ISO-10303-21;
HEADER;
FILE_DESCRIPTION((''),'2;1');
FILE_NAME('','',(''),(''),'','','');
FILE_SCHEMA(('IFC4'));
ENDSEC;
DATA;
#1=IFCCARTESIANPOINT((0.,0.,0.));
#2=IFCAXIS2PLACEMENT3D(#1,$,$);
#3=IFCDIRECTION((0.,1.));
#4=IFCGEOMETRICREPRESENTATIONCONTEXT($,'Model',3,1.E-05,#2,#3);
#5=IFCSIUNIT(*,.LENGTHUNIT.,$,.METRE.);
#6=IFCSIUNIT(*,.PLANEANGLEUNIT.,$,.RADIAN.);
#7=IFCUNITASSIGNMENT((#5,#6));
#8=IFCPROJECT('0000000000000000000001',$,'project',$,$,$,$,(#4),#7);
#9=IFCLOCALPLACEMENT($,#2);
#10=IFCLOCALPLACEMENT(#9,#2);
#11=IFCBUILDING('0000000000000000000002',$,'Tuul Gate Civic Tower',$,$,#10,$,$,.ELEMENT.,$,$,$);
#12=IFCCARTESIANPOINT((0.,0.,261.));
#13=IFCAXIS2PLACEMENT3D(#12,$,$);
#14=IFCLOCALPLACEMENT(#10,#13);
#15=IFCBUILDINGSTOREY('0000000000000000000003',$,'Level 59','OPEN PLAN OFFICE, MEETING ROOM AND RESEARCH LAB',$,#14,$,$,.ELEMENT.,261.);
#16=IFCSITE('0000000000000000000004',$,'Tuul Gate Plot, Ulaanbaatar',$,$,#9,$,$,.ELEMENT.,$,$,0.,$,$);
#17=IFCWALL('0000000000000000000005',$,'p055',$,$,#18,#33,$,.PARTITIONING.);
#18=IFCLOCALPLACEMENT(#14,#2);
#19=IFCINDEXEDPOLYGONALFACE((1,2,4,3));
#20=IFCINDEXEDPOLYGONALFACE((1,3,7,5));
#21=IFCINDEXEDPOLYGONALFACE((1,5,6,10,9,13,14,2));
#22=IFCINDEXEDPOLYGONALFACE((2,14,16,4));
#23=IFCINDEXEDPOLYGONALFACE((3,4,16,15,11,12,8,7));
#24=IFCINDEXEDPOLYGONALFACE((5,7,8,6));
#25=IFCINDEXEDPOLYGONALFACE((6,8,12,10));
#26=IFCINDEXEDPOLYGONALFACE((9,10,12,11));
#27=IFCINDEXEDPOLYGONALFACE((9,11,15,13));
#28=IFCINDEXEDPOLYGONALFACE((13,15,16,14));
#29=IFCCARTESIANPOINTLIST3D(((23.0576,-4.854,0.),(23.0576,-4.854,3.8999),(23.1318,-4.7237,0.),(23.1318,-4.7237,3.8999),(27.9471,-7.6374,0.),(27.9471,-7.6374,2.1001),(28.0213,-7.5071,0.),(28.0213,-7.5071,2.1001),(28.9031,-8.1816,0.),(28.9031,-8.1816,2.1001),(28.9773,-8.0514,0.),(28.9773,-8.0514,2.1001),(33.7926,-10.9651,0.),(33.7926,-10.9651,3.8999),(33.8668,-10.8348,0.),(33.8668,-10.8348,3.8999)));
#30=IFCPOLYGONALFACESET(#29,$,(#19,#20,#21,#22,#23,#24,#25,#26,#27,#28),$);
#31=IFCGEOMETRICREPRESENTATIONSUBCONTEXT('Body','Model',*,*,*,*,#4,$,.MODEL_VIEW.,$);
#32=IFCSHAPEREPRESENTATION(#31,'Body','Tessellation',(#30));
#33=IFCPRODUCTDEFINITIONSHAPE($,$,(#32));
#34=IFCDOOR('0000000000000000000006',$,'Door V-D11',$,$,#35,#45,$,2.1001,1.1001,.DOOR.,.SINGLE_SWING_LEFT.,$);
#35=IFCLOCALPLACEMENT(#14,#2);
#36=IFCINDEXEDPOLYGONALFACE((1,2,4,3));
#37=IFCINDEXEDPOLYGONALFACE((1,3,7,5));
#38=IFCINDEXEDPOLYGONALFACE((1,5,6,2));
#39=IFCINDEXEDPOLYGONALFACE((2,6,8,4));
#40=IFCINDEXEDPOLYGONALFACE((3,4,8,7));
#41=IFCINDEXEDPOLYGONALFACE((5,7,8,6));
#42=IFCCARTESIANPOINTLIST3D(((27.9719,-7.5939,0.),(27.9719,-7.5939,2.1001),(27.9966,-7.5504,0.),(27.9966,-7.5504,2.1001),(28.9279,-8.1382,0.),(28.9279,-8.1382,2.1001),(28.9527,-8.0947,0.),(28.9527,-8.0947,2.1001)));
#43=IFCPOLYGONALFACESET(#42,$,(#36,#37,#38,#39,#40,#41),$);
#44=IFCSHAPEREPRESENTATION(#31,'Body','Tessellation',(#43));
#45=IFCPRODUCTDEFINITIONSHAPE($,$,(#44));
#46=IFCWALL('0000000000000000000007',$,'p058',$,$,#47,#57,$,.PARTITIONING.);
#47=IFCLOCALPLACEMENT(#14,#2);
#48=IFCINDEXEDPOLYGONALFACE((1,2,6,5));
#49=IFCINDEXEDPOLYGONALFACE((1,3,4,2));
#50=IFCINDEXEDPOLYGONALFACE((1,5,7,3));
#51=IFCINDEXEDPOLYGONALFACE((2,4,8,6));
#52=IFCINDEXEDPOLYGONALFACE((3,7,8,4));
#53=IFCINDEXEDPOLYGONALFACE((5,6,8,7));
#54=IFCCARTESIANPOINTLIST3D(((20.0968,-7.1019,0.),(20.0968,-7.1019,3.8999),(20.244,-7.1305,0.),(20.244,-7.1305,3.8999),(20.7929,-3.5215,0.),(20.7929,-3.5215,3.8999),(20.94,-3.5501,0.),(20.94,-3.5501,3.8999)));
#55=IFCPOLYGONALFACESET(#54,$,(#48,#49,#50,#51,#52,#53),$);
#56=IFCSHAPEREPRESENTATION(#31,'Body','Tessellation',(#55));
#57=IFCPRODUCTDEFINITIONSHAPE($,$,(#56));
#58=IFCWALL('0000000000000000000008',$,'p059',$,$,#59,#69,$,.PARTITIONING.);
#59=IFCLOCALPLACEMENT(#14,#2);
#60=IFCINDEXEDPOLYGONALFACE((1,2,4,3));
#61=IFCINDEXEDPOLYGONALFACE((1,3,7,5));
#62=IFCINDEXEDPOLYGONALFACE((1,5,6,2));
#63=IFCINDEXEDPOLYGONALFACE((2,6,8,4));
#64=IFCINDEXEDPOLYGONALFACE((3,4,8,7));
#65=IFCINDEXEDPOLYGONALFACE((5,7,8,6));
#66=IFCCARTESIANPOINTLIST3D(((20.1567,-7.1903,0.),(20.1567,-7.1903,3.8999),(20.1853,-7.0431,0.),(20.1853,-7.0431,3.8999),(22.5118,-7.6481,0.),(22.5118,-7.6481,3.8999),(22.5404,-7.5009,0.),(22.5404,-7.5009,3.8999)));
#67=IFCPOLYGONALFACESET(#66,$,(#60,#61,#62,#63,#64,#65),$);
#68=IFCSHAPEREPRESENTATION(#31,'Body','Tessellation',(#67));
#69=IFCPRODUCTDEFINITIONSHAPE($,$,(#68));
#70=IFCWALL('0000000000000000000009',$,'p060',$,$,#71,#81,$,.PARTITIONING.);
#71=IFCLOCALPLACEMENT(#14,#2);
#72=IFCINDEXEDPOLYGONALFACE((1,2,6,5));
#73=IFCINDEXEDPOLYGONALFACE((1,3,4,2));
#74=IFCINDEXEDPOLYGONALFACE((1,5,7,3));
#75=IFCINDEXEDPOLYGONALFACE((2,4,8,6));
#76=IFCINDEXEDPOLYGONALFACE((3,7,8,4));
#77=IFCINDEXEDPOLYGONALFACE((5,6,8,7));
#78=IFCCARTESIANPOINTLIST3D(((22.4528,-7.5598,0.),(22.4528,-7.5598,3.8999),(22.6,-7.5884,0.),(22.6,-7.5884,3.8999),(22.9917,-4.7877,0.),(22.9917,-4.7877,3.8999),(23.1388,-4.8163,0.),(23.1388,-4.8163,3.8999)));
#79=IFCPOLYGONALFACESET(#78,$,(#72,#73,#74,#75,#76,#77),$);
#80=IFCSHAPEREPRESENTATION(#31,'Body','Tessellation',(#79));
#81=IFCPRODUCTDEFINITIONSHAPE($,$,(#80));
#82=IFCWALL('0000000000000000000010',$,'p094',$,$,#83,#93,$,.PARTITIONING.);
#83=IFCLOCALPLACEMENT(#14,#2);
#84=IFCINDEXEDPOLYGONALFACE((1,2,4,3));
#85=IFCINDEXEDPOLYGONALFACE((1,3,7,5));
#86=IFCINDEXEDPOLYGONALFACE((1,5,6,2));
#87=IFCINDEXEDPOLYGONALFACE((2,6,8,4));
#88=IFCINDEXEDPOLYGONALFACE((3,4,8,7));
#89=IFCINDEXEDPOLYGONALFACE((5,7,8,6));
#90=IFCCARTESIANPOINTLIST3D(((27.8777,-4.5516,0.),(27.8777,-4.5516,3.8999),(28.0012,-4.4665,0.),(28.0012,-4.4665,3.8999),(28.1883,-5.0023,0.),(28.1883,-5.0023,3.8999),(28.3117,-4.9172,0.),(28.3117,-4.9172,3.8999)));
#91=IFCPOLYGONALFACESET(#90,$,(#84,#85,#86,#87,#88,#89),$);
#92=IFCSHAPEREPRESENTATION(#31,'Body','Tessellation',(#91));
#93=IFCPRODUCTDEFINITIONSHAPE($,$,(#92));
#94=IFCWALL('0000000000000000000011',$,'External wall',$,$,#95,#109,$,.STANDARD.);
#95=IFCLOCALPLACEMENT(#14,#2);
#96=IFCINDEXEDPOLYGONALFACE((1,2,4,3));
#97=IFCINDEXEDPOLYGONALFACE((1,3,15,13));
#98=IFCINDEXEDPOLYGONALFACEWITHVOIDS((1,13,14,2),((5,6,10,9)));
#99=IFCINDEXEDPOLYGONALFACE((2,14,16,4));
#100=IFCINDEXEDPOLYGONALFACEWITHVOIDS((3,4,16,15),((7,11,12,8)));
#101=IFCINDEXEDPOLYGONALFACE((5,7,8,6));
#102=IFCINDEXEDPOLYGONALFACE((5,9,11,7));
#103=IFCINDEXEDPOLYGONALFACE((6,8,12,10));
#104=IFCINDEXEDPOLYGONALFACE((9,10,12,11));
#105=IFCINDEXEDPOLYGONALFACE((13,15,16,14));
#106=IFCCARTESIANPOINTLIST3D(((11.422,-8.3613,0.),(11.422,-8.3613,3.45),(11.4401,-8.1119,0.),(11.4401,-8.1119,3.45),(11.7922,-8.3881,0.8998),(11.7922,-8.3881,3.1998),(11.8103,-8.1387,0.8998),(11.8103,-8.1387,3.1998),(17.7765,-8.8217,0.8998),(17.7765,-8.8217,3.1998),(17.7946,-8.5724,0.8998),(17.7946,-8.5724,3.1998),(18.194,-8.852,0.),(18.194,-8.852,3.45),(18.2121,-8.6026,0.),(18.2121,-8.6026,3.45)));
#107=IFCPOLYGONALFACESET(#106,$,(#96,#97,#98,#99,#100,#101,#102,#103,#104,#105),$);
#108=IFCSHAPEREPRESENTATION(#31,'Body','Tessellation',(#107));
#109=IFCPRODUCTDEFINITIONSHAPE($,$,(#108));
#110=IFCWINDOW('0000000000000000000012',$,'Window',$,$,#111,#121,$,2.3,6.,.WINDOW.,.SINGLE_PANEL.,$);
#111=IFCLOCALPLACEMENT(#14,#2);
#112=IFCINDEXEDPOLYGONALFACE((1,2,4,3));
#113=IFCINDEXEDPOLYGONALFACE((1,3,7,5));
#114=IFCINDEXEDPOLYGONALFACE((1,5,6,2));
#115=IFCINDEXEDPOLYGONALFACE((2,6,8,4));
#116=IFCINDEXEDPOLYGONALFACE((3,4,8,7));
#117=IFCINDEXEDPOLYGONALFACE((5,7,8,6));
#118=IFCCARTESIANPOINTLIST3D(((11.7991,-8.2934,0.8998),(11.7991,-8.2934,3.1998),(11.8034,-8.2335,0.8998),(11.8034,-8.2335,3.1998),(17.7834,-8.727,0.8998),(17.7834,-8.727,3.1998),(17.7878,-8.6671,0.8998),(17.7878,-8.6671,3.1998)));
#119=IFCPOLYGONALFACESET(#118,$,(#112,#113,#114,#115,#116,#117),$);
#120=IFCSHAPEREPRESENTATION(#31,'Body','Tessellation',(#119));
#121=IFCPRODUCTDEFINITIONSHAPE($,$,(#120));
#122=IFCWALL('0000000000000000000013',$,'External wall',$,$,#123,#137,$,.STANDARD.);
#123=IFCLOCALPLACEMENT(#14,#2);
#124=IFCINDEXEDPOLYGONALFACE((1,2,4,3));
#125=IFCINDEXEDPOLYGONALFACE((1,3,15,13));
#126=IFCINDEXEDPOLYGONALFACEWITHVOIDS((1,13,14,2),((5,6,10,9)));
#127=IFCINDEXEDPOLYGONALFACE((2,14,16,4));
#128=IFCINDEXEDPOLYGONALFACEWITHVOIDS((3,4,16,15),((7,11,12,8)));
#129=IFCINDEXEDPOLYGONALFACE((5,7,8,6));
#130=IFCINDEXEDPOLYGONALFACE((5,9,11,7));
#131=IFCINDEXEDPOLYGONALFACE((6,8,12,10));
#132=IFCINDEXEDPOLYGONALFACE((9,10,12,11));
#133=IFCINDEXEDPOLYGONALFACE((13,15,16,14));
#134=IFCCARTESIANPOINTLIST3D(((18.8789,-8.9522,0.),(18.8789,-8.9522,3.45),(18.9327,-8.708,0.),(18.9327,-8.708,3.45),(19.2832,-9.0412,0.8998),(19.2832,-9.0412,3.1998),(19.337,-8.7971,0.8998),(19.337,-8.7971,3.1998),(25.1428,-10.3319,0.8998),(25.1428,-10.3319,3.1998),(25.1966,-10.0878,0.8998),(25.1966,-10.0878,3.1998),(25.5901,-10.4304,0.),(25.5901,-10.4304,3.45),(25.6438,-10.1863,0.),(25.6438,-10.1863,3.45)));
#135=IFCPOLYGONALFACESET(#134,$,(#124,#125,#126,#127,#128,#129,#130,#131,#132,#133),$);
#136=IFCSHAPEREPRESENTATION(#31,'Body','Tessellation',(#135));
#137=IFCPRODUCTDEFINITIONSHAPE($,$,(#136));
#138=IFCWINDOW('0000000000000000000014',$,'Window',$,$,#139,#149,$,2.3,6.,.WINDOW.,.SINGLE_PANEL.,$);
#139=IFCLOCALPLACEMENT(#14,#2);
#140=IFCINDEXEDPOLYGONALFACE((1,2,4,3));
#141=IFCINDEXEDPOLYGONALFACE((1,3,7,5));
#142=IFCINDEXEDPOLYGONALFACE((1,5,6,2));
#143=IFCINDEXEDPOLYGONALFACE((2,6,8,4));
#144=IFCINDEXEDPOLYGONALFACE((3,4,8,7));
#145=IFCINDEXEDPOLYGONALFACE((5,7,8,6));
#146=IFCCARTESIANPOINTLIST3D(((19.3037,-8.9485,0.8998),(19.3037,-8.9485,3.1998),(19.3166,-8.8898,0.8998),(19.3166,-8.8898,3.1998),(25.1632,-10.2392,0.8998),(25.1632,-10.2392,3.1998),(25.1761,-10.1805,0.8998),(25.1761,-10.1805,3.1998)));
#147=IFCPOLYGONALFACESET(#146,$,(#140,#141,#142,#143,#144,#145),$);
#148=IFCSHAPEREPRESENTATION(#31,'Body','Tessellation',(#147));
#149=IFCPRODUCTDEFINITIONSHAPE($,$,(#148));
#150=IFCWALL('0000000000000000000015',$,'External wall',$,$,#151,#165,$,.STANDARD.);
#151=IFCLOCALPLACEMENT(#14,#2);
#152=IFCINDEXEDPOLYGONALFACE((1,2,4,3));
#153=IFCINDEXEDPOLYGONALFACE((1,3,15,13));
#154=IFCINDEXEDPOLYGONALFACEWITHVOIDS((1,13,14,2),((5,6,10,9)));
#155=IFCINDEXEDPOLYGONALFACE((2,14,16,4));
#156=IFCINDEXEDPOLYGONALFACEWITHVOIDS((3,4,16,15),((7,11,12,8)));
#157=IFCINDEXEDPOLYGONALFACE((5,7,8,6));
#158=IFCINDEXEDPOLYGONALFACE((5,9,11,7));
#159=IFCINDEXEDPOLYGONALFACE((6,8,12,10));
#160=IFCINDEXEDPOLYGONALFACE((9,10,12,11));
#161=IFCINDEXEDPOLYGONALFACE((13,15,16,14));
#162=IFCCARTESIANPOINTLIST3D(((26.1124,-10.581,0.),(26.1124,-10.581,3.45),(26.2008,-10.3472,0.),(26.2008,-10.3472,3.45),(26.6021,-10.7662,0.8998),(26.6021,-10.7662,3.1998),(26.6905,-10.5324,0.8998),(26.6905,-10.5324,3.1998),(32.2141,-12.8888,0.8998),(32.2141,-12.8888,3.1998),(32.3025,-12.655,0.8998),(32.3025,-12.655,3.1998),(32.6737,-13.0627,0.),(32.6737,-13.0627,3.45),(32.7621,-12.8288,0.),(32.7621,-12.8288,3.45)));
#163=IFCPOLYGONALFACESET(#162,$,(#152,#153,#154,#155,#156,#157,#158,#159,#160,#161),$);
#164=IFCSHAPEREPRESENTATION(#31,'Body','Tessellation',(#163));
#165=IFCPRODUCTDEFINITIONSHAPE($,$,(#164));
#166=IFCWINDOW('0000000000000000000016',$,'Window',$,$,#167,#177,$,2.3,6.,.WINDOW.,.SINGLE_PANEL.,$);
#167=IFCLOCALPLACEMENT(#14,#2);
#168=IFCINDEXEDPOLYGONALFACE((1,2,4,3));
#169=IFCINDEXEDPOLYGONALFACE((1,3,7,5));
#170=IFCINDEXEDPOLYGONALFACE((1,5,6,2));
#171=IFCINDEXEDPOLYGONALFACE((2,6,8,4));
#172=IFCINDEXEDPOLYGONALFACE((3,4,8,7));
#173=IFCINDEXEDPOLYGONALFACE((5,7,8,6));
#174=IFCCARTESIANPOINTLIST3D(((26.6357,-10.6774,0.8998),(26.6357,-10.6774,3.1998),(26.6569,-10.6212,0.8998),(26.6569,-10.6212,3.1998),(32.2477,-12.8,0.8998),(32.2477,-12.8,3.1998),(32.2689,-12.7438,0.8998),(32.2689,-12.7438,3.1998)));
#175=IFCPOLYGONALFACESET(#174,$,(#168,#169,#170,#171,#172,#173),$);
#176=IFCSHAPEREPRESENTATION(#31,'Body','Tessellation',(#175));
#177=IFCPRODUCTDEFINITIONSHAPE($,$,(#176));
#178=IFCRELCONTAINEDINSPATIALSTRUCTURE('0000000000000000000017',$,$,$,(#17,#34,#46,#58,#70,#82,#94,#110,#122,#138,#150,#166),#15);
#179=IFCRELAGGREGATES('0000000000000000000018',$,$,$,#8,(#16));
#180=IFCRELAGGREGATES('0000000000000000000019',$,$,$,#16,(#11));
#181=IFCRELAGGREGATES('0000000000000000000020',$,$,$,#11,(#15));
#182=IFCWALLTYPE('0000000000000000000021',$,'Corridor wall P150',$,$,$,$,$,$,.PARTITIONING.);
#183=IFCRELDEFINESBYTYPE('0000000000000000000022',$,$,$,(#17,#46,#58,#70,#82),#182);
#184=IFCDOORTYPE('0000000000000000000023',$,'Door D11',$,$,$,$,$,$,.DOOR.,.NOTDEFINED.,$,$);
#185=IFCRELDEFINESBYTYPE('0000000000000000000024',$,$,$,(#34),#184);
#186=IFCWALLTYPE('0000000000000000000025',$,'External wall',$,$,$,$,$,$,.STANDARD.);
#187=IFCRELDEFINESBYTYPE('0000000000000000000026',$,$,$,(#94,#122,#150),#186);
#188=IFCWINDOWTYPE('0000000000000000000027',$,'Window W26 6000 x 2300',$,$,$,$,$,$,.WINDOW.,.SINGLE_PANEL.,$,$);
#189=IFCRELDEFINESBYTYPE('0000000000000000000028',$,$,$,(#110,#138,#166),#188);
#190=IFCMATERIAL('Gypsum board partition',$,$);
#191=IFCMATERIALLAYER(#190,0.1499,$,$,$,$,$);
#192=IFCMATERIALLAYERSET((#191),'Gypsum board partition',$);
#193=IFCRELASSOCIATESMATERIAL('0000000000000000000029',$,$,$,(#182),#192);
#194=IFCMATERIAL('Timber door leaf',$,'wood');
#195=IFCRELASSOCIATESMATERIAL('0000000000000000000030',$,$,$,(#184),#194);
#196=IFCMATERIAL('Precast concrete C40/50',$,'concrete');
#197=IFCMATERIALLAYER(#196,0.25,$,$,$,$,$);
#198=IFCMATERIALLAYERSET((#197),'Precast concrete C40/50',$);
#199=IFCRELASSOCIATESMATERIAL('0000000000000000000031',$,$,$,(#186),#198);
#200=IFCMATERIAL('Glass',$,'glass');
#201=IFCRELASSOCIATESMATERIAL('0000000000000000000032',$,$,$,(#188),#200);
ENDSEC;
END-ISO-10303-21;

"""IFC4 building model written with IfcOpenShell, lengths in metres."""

from ifc_helpers import new_model, si_unit, direction, frame, frame_2d, origin, place, context, subcontext, project, spatial, rectangle, extrude, material, layer, layer_set, type_object, element, fill, save


model = new_model("IFC4")

# Units and contexts
model_context = context("Model", 3, precision=1e-05, world=origin(), true_north=direction((0.0, 1.0)))
body_context = subcontext(model_context, "Body", "Model", "MODEL_VIEW")
ifc_project = project(units=[si_unit("LENGTHUNIT", "METRE"), si_unit("PLANEANGLEUNIT", "RADIAN")], contexts=[model_context])

# Site, building, storey
site_placement = place(None, origin())
site = spatial("IfcSite", under=ifc_project, at=site_placement, Name="Tuul Gate Plot, Ulaanbaatar", CompositionType="ELEMENT", RefElevation=0.0)
building_placement = place(site_placement, origin())
building = spatial("IfcBuilding", under=site, at=building_placement, Name="Tuul Gate Civic Tower", CompositionType="ELEMENT")
storey_placement = place(building_placement, frame((0.0, 0.0, 261.0)))
storey = spatial("IfcBuildingStorey", under=building, at=storey_placement, Name="Level 59", Description="OPEN PLAN OFFICE, MEETING ROOM AND RESEARCH LAB", CompositionType="ELEMENT", Elevation=261.0)

# Shared definitions
ifc_material_1 = material(Name="Gypsum board partition")
ifc_layer_1 = layer(ifc_material_1, 0.1499)
ifc_layer_set_1 = layer_set([ifc_layer_1], Name="Gypsum board partition")
wall_type_1 = type_object("IfcWallType", Name="Corridor wall P150", PredefinedType="PARTITIONING", material=ifc_layer_set_1)

# Wall, opening, door
wall_1_placement = place(storey_placement, frame((23.0947, -4.7888, 0.0), z_axis=(0.0, 0.0, 1.0), x_axis=(0.869048, -0.494727, 0.0)))
wall_1 = element("IfcWall", 1, at=wall_1_placement, inside=storey, type_object=wall_type_1, Name="p055", PredefinedType="PARTITIONING", context=body_context, shape_type="SweptSolid", body=[
    extrude(rectangle(XDim=12.3525, YDim=0.1499, at=frame_2d((6.1763, 0.0))), origin(), (0.0, 0.0, 1.0), 3.8999),
])
opening_1_placement = place(wall_1_placement, frame((5.6262, 0.0, 0.0)))
opening_1 = element("IfcOpeningElement", 2, at=opening_1_placement, cuts=wall_1, PredefinedType="OPENING", context=body_context, shape_type="SweptSolid", body=[
    extrude(rectangle(XDim=1.1001, YDim=2.1001, at=frame_2d((0.55, 1.05))), frame((0.0, 0.085, 0.0), z_axis=(0.0, -1.0, 0.0), x_axis=(1.0, 0.0, 0.0)), (0.0, 0.0, 1.0), 0.1699),
])
ifc_material_2 = material(Name="Timber door leaf", Category="wood")
door_type = type_object("IfcDoorType", Name="Door D11", OperationType="NOTDEFINED", PredefinedType="DOOR", material=ifc_material_2)
door_placement = place(opening_1_placement, frame((1.1001, 0.0, 0.0), z_axis=(0.0, 0.0, 1.0), x_axis=(-1.0, 0.0, 0.0)))
door = element("IfcDoor", 3, at=door_placement, inside=storey, type_object=door_type, Name="Door V-D11", OperationType="SINGLE_SWING_LEFT", OverallHeight=2.1001, OverallWidth=1.1001, PredefinedType="DOOR", context=body_context, shape_type="SweptSolid", body=[
    extrude(rectangle(XDim=1.1001, YDim=2.1001, at=frame_2d((0.55, 1.05))), frame((0.0, 0.0249, 0.0), z_axis=(0.0, -1.0, 0.0), x_axis=(1.0, 0.0, 0.0)), (0.0, 0.0, 1.0), 0.05),
])
fill(opening_1, door)

# Walls
wall_2_placement = place(storey_placement, frame((20.1704, -7.1162, 0.0), z_axis=(0.0, 0.0, 1.0), x_axis=(0.190836, 0.981622, 0.0)))
element("IfcWall", 4, at=wall_2_placement, inside=storey, type_object=wall_type_1, Name="p058", PredefinedType="PARTITIONING", context=body_context, shape_type="SweptSolid", body=[
    extrude(rectangle(XDim=3.6475, YDim=0.1499, at=frame_2d((1.8237, 0.0))), origin(), (0.0, 0.0, 1.0), 3.8999),
])
wall_3_placement = place(storey_placement, frame((20.1709, -7.1167, 0.0), z_axis=(0.0, 0.0, 1.0), x_axis=(0.981627, -0.19081, 0.0)))
element("IfcWall", 5, at=wall_3_placement, inside=storey, type_object=wall_type_1, Name="p059", PredefinedType="PARTITIONING", context=body_context, shape_type="SweptSolid", body=[
    extrude(rectangle(XDim=2.3992, YDim=0.1499, at=frame_2d((1.1997, 0.0))), origin(), (0.0, 0.0, 1.0), 3.8999),
])
wall_4_placement = place(storey_placement, frame((22.5264, -7.5742, 0.0), z_axis=(0.0, 0.0, 1.0), x_axis=(0.190809, 0.981627, 0.0)))
element("IfcWall", 6, at=wall_4_placement, inside=storey, type_object=wall_type_1, Name="p060", PredefinedType="PARTITIONING", context=body_context, shape_type="SweptSolid", body=[
    extrude(rectangle(XDim=2.824, YDim=0.1499, at=frame_2d((1.4121, 0.0))), origin(), (0.0, 0.0, 1.0), 3.8999),
])
wall_5_placement = place(storey_placement, frame((27.9395, -4.509, 0.0), z_axis=(0.0, 0.0, 1.0), x_axis=(0.567399, -0.823443, 0.0)))
element("IfcWall", 7, at=wall_5_placement, inside=storey, type_object=wall_type_1, Name="p094", PredefinedType="PARTITIONING", context=body_context, shape_type="SweptSolid", body=[
    extrude(rectangle(XDim=0.5474, YDim=0.1499, at=frame_2d((0.2737, 0.0))), origin(), (0.0, 0.0, 1.0), 3.8999),
])

# Walls, openings, windows
ifc_material_3 = material(Name="Precast concrete C40/50", Category="concrete")
ifc_layer_2 = layer(ifc_material_3, 0.25)
ifc_layer_set_2 = layer_set([ifc_layer_2], Name="Precast concrete C40/50")
wall_type_2 = type_object("IfcWallType", Name="External wall", PredefinedType="STANDARD", material=ifc_layer_set_2)
wall_6_placement = place(storey_placement, frame((11.4309, -8.2366, 0.0), z_axis=(0.0, 0.0, 1.0), x_axis=(0.997385, -0.072274, 0.0)))
wall_6 = element("IfcWall", 8, at=wall_6_placement, inside=storey, type_object=wall_type_2, Name="External wall", PredefinedType="STANDARD", context=body_context, shape_type="SweptSolid", body=[
    extrude(rectangle(XDim=6.7898, YDim=0.25, at=frame_2d((3.395, 0.0))), origin(), (0.0, 0.0, 1.0), 3.45),
])
opening_2_placement = place(wall_6_placement, frame((0.3713, 0.0, 0.8999)))
opening_2 = element("IfcOpeningElement", 9, at=opening_2_placement, cuts=wall_6, PredefinedType="OPENING", context=body_context, shape_type="SweptSolid", body=[
    extrude(rectangle(XDim=6.0, YDim=2.3, at=frame_2d((3.0, 1.1499))), frame((0.0, 0.135, 0.0), z_axis=(0.0, -1.0, 0.0), x_axis=(1.0, 0.0, 0.0)), (0.0, 0.0, 1.0), 0.27),
])
ifc_material_4 = material(Name="Glass", Category="glass")
window_type = type_object("IfcWindowType", Name="Window W26 6000 x 2300", PartitioningType="SINGLE_PANEL", PredefinedType="WINDOW", material=ifc_material_4)
window_1_placement = place(opening_2_placement, origin())
window_1 = element("IfcWindow", 10, at=window_1_placement, inside=storey, type_object=window_type, Name="Window", OverallHeight=2.3, OverallWidth=6.0, PartitioningType="SINGLE_PANEL", PredefinedType="WINDOW", context=body_context, shape_type="SweptSolid", body=[
    extrude(rectangle(XDim=6.0, YDim=2.3, at=frame_2d((3.0, 1.1499))), frame((0.0, 0.03, 0.0), z_axis=(0.0, -1.0, 0.0), x_axis=(1.0, 0.0, 0.0)), (0.0, 0.0, 1.0), 0.0601),
])
fill(opening_2, window_1)
wall_7_placement = place(storey_placement, frame((18.9058, -8.8301, 0.0), z_axis=(0.0, 0.0, 1.0), x_axis=(0.976589, -0.215113, 0.0)))
wall_7 = element("IfcWall", 11, at=wall_7_placement, inside=storey, type_object=wall_type_2, Name="External wall", PredefinedType="STANDARD", context=body_context, shape_type="SweptSolid", body=[
    extrude(rectangle(XDim=6.8721, YDim=0.25, at=frame_2d((3.436, 0.0))), origin(), (0.0, 0.0, 1.0), 3.45),
])
opening_3_placement = place(wall_7_placement, frame((0.4141, 0.0, 0.8999)))
opening_3 = element("IfcOpeningElement", 12, at=opening_3_placement, cuts=wall_7, PredefinedType="OPENING", context=body_context, shape_type="SweptSolid", body=[
    extrude(rectangle(XDim=6.0, YDim=2.3, at=frame_2d((3.0, 1.1499))), frame((0.0, 0.135, 0.0), z_axis=(0.0, -1.0, 0.0), x_axis=(1.0, 0.0, 0.0)), (0.0, 0.0, 1.0), 0.27),
])
window_2_placement = place(opening_3_placement, origin())
window_2 = element("IfcWindow", 13, at=window_2_placement, inside=storey, type_object=window_type, Name="Window", OverallHeight=2.3, OverallWidth=6.0, PartitioningType="SINGLE_PANEL", PredefinedType="WINDOW", context=body_context, shape_type="SweptSolid", body=[
    extrude(rectangle(XDim=6.0, YDim=2.3, at=frame_2d((3.0, 1.1499))), frame((0.0, 0.03, 0.0), z_axis=(0.0, -1.0, 0.0), x_axis=(1.0, 0.0, 0.0)), (0.0, 0.0, 1.0), 0.0601),
])
fill(opening_3, window_2)
wall_8_placement = place(storey_placement, frame((26.1567, -10.4641, 0.0), z_axis=(0.0, 0.0, 1.0), x_axis=(0.935331, -0.353773, 0.0)))
wall_8 = element("IfcWall", 14, at=wall_8_placement, inside=storey, type_object=wall_type_2, Name="External wall", PredefinedType="STANDARD", context=body_context, shape_type="SweptSolid", body=[
    extrude(rectangle(XDim=7.0149, YDim=0.25, at=frame_2d((3.5073, 0.0))), origin(), (0.0, 0.0, 1.0), 3.45),
])
opening_4_placement = place(wall_8_placement, frame((0.5234, 0.0, 0.8999)))
opening_4 = element("IfcOpeningElement", 15, at=opening_4_placement, cuts=wall_8, PredefinedType="OPENING", context=body_context, shape_type="SweptSolid", body=[
    extrude(rectangle(XDim=6.0, YDim=2.3, at=frame_2d((3.0, 1.1499))), frame((0.0, 0.135, 0.0), z_axis=(0.0, -1.0, 0.0), x_axis=(1.0, 0.0, 0.0)), (0.0, 0.0, 1.0), 0.27),
])
window_3_placement = place(opening_4_placement, origin())
window_3 = element("IfcWindow", 16, at=window_3_placement, inside=storey, type_object=window_type, Name="Window", OverallHeight=2.3, OverallWidth=6.0, PartitioningType="SINGLE_PANEL", PredefinedType="WINDOW", context=body_context, shape_type="SweptSolid", body=[
    extrude(rectangle(XDim=6.0, YDim=2.3, at=frame_2d((3.0, 1.1499))), frame((0.0, 0.03, 0.0), z_axis=(0.0, -1.0, 0.0), x_axis=(1.0, 0.0, 0.0)), (0.0, 0.0, 1.0), 0.0601),
])
fill(opening_4, window_3)

save(model, "model.ifc")
